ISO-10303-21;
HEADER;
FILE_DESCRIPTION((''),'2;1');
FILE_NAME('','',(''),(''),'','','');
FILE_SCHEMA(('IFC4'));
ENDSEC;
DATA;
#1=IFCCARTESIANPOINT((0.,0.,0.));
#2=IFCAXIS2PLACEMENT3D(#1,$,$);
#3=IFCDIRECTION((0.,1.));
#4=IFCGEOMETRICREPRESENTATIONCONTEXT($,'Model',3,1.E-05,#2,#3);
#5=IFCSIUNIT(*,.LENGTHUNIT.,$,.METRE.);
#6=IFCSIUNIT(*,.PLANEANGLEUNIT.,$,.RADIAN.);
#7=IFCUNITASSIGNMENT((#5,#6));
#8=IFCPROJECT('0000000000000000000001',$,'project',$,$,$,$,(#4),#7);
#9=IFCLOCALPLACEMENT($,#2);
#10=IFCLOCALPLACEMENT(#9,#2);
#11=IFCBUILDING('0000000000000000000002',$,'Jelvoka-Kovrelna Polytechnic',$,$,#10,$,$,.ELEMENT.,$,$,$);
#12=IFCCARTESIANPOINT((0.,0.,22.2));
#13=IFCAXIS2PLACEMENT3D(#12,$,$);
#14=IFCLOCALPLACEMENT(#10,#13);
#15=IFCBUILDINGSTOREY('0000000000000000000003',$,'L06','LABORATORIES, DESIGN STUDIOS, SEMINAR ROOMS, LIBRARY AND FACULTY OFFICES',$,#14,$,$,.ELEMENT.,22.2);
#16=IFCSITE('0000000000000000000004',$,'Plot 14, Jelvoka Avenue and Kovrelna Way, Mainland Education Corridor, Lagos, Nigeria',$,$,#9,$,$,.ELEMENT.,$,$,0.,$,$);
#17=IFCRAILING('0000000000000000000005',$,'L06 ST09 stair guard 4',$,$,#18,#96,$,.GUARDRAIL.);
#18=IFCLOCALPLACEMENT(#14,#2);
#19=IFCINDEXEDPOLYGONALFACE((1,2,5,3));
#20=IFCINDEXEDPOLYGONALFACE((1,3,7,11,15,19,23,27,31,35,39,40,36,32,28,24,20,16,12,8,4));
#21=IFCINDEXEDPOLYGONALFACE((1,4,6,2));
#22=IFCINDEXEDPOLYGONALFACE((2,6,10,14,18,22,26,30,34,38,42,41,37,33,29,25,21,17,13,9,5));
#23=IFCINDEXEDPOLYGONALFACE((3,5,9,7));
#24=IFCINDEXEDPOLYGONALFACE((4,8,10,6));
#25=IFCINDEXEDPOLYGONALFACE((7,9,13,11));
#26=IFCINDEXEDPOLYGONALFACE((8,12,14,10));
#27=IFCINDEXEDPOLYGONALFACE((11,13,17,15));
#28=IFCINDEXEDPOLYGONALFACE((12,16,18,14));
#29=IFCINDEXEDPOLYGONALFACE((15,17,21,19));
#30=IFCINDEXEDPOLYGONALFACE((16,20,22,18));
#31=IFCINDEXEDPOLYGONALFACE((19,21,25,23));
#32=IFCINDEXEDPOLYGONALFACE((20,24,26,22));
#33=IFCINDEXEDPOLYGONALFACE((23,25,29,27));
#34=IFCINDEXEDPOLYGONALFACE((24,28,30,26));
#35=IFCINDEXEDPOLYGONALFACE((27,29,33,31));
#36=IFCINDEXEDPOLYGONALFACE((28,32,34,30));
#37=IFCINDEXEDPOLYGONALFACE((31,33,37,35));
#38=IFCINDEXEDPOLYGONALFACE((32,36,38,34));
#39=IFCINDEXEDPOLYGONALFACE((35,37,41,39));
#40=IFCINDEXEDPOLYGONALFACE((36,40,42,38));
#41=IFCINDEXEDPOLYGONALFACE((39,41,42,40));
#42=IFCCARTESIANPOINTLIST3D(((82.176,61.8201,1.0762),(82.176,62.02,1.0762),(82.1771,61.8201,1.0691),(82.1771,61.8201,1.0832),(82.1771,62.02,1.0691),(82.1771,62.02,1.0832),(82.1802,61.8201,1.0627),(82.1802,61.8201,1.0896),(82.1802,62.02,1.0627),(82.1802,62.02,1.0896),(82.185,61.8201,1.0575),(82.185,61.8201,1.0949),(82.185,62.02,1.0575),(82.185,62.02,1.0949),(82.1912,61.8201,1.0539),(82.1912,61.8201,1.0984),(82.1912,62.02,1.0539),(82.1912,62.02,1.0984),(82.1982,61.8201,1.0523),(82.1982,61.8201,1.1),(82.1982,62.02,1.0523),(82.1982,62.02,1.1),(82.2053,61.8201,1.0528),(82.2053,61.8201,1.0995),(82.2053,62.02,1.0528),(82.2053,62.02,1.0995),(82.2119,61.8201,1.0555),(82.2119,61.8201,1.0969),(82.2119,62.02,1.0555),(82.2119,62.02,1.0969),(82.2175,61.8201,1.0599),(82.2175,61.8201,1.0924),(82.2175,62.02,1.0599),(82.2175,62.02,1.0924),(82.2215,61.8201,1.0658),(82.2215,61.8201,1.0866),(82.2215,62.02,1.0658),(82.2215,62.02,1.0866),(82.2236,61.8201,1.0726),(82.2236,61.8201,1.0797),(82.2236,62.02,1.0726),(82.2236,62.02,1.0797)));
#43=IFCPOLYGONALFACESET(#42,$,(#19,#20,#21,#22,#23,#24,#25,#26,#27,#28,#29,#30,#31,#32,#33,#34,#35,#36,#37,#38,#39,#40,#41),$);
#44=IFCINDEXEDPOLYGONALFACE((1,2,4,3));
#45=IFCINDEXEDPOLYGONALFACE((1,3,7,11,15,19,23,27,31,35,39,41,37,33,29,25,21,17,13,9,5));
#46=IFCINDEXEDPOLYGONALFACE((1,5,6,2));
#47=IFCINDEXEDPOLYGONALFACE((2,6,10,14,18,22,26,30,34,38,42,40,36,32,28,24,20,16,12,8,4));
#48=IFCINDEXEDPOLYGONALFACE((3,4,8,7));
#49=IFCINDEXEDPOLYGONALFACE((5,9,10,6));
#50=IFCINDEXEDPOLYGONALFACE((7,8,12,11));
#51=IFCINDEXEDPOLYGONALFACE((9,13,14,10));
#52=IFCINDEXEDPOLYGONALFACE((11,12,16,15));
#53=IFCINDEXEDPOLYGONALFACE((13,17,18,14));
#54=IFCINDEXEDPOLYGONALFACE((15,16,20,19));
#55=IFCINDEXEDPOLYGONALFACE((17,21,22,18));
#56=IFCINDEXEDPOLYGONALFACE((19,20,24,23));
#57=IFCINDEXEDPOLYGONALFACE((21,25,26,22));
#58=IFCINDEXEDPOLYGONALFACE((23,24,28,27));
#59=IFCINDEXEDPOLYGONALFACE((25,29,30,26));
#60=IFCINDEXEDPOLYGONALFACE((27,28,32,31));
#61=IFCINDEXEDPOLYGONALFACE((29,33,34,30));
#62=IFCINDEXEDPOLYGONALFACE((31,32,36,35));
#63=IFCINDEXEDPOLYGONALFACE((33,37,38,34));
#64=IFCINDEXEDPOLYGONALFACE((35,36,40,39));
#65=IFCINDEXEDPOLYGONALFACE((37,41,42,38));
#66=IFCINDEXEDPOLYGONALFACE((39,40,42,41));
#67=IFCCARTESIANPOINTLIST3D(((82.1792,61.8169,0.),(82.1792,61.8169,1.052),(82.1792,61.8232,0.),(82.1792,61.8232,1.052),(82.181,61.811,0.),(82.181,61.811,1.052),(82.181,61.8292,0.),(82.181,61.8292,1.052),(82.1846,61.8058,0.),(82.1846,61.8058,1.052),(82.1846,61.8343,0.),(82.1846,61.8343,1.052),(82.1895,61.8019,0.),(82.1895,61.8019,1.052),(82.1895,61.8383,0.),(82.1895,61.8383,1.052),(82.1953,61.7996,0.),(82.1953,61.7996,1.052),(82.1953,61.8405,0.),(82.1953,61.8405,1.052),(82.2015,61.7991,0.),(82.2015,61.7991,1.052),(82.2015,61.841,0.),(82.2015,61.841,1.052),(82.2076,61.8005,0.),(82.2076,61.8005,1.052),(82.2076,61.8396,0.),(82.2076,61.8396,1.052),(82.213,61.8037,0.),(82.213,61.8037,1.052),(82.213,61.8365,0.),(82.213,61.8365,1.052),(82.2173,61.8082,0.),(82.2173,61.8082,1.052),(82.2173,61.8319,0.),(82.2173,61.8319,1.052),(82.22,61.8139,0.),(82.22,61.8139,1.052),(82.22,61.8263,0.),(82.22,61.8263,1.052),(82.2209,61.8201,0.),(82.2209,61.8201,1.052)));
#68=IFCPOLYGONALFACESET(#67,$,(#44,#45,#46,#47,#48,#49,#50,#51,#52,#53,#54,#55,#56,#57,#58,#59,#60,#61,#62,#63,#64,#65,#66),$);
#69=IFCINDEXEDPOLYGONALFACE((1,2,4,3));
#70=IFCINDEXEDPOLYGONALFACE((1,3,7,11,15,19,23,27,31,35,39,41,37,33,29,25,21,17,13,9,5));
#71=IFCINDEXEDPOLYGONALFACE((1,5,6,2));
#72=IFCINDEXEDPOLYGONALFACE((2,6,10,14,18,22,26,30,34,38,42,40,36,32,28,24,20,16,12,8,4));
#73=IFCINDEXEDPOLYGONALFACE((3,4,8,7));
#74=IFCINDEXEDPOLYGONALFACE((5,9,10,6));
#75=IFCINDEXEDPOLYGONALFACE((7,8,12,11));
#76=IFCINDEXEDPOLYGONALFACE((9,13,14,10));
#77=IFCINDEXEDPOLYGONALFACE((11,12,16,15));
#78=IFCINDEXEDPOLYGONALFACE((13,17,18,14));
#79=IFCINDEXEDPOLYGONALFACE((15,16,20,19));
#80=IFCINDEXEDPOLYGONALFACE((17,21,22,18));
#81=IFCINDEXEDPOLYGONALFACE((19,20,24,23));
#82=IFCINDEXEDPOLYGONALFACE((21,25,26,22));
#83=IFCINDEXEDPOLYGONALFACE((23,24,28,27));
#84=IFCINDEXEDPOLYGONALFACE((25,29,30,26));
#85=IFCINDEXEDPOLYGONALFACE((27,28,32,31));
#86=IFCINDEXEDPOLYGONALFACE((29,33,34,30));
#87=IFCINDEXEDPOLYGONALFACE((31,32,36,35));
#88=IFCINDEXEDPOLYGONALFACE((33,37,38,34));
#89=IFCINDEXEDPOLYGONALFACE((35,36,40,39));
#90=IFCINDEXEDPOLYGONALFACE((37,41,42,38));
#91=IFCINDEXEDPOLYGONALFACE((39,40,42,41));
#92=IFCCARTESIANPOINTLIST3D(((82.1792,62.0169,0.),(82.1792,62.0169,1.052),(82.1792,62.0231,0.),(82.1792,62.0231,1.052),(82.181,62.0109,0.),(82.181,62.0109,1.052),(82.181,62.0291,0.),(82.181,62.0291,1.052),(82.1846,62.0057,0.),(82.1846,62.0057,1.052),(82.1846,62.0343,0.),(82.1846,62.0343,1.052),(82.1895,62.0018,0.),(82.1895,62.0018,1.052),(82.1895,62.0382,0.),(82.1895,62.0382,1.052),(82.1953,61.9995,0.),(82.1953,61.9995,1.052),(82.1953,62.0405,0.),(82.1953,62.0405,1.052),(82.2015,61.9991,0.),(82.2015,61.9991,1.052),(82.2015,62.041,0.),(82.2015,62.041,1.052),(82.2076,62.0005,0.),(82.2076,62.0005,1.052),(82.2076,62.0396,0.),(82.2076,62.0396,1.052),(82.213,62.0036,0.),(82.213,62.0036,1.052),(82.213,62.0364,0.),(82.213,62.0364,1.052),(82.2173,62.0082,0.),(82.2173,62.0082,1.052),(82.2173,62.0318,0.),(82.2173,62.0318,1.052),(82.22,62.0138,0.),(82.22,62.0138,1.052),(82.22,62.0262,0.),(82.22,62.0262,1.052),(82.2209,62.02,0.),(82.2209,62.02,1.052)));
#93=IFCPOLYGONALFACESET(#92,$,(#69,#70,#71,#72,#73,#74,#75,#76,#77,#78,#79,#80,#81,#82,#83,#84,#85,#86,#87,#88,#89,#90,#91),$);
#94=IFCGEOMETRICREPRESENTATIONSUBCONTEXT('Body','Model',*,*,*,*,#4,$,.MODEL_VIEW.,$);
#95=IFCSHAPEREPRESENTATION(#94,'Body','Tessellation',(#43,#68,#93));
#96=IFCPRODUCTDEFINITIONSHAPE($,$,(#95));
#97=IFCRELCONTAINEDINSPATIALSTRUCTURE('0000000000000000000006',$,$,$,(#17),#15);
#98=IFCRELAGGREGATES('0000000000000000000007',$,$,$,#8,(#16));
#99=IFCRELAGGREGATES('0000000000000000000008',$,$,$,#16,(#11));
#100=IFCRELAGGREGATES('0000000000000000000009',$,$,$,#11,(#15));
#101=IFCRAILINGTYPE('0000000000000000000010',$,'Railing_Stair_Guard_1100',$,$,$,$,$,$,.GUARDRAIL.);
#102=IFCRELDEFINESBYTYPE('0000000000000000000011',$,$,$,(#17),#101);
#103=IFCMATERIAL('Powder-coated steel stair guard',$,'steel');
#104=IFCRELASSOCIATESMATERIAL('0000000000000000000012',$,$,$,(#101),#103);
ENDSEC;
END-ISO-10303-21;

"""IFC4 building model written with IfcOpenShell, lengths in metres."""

from ifc_helpers import new_model, si_unit, direction, frame, origin, origin_2d, place, context, subcontext, project, spatial, circle, extrude, material, type_object, element, save


model = new_model("IFC4")

# Units and contexts
model_context = context("Model", 3, precision=1e-05, world=origin(), true_north=direction((0.0, 1.0)))
body_context = subcontext(model_context, "Body", "Model", "MODEL_VIEW")
ifc_project = project(units=[si_unit("LENGTHUNIT", "METRE"), si_unit("PLANEANGLEUNIT", "RADIAN")], contexts=[model_context])

# Site, building, storey
site_placement = place(None, origin())
site = spatial("IfcSite", under=ifc_project, at=site_placement, Name="Plot 14, Jelvoka Avenue and Kovrelna Way, Mainland Education Corridor, Lagos, Nigeria", CompositionType="ELEMENT", RefElevation=0.0)
building_placement = place(site_placement, origin())
building = spatial("IfcBuilding", under=site, at=building_placement, Name="Jelvoka-Kovrelna Polytechnic", CompositionType="ELEMENT")
storey_placement = place(building_placement, frame((0.0, 0.0, 22.2)))
storey = spatial("IfcBuildingStorey", under=building, at=storey_placement, Name="L06", Description="LABORATORIES, DESIGN STUDIOS, SEMINAR ROOMS, LIBRARY AND FACULTY OFFICES", CompositionType="ELEMENT", Elevation=22.2)

# Railing
ifc_material_1 = material(Name="Powder-coated steel stair guard", Category="steel")
railing_type_1 = type_object("IfcRailingType", Name="Railing_Stair_Guard_1100", PredefinedType="GUARDRAIL", material=ifc_material_1)
railing_1_placement = place(storey_placement, frame((82.2, 61.8201, 0.0)))
element("IfcRailing", 1, at=railing_1_placement, inside=storey, type_object=railing_type_1, Name="L06 ST09 stair guard 4", PredefinedType="GUARDRAIL", context=body_context, shape_type="SweptSolid", body=[
    extrude(circle(Radius=0.0239, at=origin_2d()), frame((0.0, 0.0, 1.0762), z_axis=(0.0, 1.0, 0.0), x_axis=(-1.0, 0.0, 0.0)), (0.0, 0.0, 1.0), 0.2),
    extrude(circle(Radius=0.021, at=origin_2d()), origin(), (0.0, 0.0, 1.0), 1.052),
    extrude(circle(Radius=0.021, at=origin_2d()), frame((0.0, 0.2, 0.0)), (0.0, 0.0, 1.0), 1.052),
])

save(model, "model.ifc")
